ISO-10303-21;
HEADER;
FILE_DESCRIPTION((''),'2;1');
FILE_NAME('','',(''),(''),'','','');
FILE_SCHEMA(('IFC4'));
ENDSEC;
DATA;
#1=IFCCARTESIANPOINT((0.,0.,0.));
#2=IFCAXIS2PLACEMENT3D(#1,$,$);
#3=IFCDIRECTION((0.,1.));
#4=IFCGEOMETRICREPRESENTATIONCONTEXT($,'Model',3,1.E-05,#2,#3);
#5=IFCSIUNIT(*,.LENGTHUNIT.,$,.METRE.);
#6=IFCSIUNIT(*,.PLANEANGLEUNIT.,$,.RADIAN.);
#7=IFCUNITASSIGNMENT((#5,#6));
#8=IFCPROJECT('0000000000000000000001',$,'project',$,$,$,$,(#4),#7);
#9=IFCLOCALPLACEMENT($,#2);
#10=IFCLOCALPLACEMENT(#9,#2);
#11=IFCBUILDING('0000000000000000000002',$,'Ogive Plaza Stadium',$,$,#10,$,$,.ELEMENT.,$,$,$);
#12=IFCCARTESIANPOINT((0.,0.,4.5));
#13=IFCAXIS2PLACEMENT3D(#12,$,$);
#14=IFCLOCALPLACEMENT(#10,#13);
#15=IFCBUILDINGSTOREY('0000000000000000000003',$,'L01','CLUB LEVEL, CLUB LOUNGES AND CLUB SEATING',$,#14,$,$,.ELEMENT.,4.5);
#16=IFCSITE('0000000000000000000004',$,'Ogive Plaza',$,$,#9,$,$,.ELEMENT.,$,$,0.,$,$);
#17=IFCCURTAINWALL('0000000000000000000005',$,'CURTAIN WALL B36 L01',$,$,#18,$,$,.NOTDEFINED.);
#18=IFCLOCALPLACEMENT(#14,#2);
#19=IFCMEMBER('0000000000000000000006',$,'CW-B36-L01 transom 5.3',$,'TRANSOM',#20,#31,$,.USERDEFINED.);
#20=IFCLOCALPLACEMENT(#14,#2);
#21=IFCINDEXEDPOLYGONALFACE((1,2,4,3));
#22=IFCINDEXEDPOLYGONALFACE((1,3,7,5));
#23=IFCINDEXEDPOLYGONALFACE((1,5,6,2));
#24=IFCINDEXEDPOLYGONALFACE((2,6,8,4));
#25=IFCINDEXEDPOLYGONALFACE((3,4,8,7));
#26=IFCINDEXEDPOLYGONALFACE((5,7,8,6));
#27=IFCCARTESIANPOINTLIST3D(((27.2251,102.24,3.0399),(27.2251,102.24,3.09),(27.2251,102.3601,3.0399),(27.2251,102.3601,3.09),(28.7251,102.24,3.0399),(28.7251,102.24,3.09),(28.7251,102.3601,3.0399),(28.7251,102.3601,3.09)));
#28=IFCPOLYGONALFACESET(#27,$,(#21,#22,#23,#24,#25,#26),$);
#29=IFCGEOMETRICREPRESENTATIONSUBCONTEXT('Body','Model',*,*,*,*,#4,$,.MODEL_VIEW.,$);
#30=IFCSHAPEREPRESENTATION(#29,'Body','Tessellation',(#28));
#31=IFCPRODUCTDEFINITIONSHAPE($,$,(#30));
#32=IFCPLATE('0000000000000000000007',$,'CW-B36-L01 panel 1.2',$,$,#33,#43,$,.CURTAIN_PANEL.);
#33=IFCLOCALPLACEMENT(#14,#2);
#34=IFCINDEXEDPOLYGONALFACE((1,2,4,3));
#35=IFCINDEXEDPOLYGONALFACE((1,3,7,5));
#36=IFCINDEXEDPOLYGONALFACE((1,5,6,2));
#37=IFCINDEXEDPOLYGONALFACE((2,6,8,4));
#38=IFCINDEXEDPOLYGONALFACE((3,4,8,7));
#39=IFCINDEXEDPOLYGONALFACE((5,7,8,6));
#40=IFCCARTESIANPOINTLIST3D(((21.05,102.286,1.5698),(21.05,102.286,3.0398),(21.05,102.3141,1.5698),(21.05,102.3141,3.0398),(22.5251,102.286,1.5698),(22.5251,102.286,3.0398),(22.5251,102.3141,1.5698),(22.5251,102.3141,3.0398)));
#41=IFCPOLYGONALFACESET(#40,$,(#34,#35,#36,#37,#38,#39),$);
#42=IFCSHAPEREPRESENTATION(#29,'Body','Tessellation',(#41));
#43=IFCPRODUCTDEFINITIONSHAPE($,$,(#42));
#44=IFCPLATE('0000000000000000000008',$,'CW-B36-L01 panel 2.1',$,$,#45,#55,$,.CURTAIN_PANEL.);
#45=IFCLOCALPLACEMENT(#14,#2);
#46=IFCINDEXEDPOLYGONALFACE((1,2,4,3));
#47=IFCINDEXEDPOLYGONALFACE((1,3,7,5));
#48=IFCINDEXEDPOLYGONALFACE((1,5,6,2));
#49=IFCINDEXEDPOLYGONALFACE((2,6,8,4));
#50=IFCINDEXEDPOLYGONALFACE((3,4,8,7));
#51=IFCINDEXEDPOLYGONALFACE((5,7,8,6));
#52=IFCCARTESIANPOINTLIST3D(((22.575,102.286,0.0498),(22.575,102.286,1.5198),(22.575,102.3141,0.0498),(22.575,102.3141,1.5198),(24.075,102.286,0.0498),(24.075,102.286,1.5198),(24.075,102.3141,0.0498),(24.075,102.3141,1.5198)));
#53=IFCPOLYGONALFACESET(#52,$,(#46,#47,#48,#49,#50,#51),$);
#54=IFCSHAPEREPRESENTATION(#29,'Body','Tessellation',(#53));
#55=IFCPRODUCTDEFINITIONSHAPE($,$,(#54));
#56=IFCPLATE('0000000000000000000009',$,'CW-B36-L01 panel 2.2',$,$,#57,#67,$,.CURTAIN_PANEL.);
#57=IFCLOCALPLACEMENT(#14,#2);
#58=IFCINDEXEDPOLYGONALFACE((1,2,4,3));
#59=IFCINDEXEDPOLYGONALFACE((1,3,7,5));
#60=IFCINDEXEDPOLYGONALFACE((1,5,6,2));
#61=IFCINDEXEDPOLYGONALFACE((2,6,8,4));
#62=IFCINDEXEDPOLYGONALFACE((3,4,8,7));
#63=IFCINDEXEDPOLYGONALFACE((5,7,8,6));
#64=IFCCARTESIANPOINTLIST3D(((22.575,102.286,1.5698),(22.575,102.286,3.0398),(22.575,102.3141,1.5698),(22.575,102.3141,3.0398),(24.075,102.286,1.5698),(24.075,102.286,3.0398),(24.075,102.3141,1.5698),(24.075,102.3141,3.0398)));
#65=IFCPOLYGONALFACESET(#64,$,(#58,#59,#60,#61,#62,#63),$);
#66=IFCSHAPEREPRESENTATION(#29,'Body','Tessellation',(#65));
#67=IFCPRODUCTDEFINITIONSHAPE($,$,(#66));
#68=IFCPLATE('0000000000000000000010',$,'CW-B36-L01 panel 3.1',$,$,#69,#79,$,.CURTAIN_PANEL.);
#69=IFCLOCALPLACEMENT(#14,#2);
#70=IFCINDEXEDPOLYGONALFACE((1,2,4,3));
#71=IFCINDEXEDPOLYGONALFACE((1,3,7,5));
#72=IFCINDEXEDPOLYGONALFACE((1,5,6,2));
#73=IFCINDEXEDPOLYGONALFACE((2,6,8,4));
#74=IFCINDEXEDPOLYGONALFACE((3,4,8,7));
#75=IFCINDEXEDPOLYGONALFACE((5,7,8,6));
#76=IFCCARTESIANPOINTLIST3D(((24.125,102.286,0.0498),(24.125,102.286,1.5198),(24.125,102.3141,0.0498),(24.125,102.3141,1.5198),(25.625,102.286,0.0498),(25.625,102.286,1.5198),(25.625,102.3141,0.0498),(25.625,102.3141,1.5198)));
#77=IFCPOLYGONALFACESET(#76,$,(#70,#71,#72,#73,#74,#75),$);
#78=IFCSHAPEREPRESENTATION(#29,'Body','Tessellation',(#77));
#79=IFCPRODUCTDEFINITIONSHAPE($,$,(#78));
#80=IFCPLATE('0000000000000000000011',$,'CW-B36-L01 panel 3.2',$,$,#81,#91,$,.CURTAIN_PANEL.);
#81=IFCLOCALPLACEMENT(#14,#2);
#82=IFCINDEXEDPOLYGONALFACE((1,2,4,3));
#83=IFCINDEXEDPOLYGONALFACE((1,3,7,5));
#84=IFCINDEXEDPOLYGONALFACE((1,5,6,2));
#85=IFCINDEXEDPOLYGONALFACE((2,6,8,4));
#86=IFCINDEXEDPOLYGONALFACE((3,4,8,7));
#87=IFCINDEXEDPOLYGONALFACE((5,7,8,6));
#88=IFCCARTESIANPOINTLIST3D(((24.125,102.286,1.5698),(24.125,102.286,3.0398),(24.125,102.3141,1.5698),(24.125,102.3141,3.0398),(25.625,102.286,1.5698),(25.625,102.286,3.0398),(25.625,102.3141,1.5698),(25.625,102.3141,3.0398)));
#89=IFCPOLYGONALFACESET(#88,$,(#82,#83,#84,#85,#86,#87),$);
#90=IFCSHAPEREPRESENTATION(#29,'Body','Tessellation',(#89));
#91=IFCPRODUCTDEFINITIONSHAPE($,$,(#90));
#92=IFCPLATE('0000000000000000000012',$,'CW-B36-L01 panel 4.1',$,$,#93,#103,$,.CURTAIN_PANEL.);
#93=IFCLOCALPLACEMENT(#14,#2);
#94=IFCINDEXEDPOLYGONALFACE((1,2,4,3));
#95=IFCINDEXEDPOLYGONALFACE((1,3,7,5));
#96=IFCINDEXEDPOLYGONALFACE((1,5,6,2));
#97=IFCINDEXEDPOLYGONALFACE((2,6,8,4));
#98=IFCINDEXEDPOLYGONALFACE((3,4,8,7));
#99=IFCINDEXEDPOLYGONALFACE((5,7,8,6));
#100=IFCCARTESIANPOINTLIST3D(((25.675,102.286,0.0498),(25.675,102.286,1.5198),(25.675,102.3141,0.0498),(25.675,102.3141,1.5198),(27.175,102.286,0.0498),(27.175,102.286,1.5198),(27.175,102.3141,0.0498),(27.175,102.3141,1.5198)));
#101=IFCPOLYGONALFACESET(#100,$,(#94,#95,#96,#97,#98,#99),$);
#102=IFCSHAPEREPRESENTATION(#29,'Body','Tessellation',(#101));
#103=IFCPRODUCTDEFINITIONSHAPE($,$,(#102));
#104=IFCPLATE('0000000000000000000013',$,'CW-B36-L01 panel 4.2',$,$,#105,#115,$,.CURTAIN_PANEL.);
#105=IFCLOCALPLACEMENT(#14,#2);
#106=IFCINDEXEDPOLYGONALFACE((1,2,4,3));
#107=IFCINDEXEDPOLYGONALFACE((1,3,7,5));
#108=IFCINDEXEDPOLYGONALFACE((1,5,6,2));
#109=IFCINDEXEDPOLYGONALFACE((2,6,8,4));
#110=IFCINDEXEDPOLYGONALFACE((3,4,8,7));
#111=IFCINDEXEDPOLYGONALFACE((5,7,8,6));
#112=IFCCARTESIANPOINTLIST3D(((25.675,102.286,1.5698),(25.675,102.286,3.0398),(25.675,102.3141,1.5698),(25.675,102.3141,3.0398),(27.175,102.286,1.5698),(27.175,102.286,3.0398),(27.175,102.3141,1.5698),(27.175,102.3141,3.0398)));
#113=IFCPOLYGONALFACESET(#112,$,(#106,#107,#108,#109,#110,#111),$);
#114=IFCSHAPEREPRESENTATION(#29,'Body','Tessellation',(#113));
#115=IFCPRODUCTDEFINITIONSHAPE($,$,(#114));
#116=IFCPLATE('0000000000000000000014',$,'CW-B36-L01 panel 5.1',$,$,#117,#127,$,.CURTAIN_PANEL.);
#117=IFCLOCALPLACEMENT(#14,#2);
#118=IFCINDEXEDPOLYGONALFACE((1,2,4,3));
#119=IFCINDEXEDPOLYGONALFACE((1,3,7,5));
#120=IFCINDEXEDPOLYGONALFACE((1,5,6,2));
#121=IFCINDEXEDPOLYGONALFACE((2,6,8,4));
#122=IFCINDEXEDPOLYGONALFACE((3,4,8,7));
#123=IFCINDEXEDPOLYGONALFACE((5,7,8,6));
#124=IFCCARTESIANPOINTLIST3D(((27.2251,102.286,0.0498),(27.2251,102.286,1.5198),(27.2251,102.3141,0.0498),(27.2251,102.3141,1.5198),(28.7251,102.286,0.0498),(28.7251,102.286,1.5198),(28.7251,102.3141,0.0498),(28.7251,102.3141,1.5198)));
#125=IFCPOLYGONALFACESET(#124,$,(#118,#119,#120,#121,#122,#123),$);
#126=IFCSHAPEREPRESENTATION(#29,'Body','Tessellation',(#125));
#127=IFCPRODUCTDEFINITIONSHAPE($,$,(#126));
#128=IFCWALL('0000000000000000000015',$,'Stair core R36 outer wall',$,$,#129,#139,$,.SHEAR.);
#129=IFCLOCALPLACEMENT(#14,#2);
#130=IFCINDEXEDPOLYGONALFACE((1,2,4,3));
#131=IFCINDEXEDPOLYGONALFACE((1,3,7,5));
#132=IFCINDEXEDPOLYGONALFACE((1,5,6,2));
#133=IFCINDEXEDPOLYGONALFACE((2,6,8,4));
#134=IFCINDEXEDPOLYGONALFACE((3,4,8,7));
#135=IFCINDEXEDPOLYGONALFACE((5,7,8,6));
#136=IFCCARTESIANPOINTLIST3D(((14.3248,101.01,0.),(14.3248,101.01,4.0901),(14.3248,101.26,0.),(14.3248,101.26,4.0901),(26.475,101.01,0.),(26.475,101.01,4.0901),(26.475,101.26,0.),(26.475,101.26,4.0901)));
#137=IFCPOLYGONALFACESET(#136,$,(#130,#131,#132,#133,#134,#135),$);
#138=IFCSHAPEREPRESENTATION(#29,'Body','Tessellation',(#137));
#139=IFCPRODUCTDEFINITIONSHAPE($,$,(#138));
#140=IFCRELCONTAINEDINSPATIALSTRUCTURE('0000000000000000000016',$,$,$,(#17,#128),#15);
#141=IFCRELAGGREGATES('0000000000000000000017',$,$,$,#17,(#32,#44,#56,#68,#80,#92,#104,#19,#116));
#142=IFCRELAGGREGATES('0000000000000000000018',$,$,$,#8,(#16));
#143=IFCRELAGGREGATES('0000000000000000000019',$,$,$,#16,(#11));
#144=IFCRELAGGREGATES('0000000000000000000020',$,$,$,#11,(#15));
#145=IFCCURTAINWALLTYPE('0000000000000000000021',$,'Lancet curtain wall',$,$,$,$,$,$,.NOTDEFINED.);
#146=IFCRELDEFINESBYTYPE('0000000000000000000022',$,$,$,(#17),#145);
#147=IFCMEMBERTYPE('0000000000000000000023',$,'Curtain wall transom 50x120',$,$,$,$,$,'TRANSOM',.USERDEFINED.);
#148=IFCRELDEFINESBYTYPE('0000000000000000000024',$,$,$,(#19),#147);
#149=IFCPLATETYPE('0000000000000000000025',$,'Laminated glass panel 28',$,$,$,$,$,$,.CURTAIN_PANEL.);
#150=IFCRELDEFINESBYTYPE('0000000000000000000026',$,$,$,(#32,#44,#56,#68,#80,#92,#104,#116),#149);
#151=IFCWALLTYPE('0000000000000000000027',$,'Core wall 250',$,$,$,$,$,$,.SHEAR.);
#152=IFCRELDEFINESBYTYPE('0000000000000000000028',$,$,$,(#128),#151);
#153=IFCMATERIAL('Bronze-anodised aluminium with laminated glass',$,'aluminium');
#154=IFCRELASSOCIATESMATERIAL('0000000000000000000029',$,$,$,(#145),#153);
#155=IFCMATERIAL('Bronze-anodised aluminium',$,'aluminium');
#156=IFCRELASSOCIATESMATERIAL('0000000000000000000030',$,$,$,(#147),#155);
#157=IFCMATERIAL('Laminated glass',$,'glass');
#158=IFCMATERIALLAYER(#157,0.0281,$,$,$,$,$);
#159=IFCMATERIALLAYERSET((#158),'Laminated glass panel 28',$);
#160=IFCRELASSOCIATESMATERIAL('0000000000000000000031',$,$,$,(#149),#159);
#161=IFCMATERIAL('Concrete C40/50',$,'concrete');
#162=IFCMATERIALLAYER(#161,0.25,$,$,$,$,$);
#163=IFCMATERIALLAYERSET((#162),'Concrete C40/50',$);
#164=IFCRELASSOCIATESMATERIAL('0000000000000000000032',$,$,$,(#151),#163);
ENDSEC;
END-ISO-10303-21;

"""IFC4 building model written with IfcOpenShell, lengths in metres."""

from ifc_helpers import new_model, si_unit, direction, frame, frame_2d, origin, origin_2d, place, context, subcontext, project, spatial, rectangle, extrude, material, layer, layer_set, material_profile, profile_set, type_object, element, aggregate, save


model = new_model("IFC4")

# Units and contexts
model_context = context("Model", 3, precision=1e-05, world=origin(), true_north=direction((0.0, 1.0)))
body_context = subcontext(model_context, "Body", "Model", "MODEL_VIEW")
ifc_project = project(units=[si_unit("LENGTHUNIT", "METRE"), si_unit("PLANEANGLEUNIT", "RADIAN")], contexts=[model_context])

# Site, building, storey
site_placement = place(None, origin())
site = spatial("IfcSite", under=ifc_project, at=site_placement, Name="Ogive Plaza", CompositionType="ELEMENT", RefElevation=0.0)
building_placement = place(site_placement, origin())
building = spatial("IfcBuilding", under=site, at=building_placement, Name="Ogive Plaza Stadium", CompositionType="ELEMENT")
storey_placement = place(building_placement, frame((0.0, 0.0, 4.5)))
storey = spatial("IfcBuildingStorey", under=building, at=storey_placement, Name="L01", Description="CLUB LEVEL, CLUB LOUNGES AND CLUB SEATING", CompositionType="ELEMENT", Elevation=4.5)

# Curtain wall, member, plates
ifc_material_1 = material(Name="Bronze-anodised aluminium with laminated glass", Category="aluminium")
curtain_wall_type = type_object("IfcCurtainWallType", Name="Lancet curtain wall", PredefinedType="NOTDEFINED", material=ifc_material_1)
curtain_wall_placement = place(storey_placement, origin())
curtain_wall = element("IfcCurtainWall", 1, at=curtain_wall_placement, inside=storey, type_object=curtain_wall_type, Name="CURTAIN WALL B36 L01", PredefinedType="NOTDEFINED")
ifc_material_2 = material(Name="Bronze-anodised aluminium", Category="aluminium")
ifc_material_profile_1 = material_profile(ifc_material_2, rectangle(XDim=0.1201, YDim=0.05, at=origin_2d()), Name="AL 120x50")
ifc_profile_set_1 = profile_set([ifc_material_profile_1], Name="Bronze-anodised aluminium")
member_type_1 = type_object("IfcMemberType", Name="Curtain wall transom 50x120", ElementType="TRANSOM", PredefinedType="USERDEFINED", material=ifc_profile_set_1)
member_1_placement = place(storey_placement, frame((27.2251, 102.3, 3.0649), z_axis=(1.0, 0.0, 0.0), x_axis=(0.0, 1.0, 0.0)))
member_1 = element("IfcMember", 2, at=member_1_placement, type_object=member_type_1, Name="CW-B36-L01 transom 5.3", ObjectType="TRANSOM", PredefinedType="USERDEFINED", context=body_context, shape_type="SweptSolid", body=[
    extrude(rectangle(XDim=0.1201, YDim=0.05, at=origin_2d()), origin(), (0.0, 0.0, 1.0), 1.5),
])
ifc_material_3 = material(Name="Laminated glass", Category="glass")
ifc_layer_1 = layer(ifc_material_3, 0.0281)
ifc_layer_set_1 = layer_set([ifc_layer_1], Name="Laminated glass panel 28")
plate_type = type_object("IfcPlateType", Name="Laminated glass panel 28", PredefinedType="CURTAIN_PANEL", material=ifc_layer_set_1)
plate_1_placement = place(storey_placement, frame((21.7876, 102.3, 1.5698), z_axis=(0.0, 0.0, 1.0), x_axis=(1.0, 0.0, 0.0)))
plate_1 = element("IfcPlate", 3, at=plate_1_placement, type_object=plate_type, Name="CW-B36-L01 panel 1.2", PredefinedType="CURTAIN_PANEL", context=body_context, shape_type="SweptSolid", body=[
    extrude(rectangle(XDim=1.4751, YDim=0.0281, at=origin_2d()), origin(), (0.0, 0.0, 1.0), 1.47),
])
plate_2_placement = place(storey_placement, frame((23.325, 102.3, 0.0498), z_axis=(0.0, 0.0, 1.0), x_axis=(1.0, 0.0, 0.0)))
plate_2 = element("IfcPlate", 4, at=plate_2_placement, type_object=plate_type, Name="CW-B36-L01 panel 2.1", PredefinedType="CURTAIN_PANEL", context=body_context, shape_type="SweptSolid", body=[
    extrude(rectangle(XDim=1.5, YDim=0.0281, at=origin_2d()), origin(), (0.0, 0.0, 1.0), 1.47),
])
plate_3_placement = place(storey_placement, frame((23.325, 102.3, 1.5698), z_axis=(0.0, 0.0, 1.0), x_axis=(1.0, 0.0, 0.0)))
plate_3 = element("IfcPlate", 5, at=plate_3_placement, type_object=plate_type, Name="CW-B36-L01 panel 2.2", PredefinedType="CURTAIN_PANEL", context=body_context, shape_type="SweptSolid", body=[
    extrude(rectangle(XDim=1.5, YDim=0.0281, at=origin_2d()), origin(), (0.0, 0.0, 1.0), 1.47),
])
plate_4_placement = place(storey_placement, frame((24.875, 102.3, 0.0498), z_axis=(0.0, 0.0, 1.0), x_axis=(1.0, 0.0, 0.0)))
plate_4 = element("IfcPlate", 6, at=plate_4_placement, type_object=plate_type, Name="CW-B36-L01 panel 3.1", PredefinedType="CURTAIN_PANEL", context=body_context, shape_type="SweptSolid", body=[
    extrude(rectangle(XDim=1.5, YDim=0.0281, at=origin_2d()), origin(), (0.0, 0.0, 1.0), 1.47),
])
plate_5_placement = place(storey_placement, frame((24.875, 102.3, 1.5698), z_axis=(0.0, 0.0, 1.0), x_axis=(1.0, 0.0, 0.0)))
plate_5 = element("IfcPlate", 7, at=plate_5_placement, type_object=plate_type, Name="CW-B36-L01 panel 3.2", PredefinedType="CURTAIN_PANEL", context=body_context, shape_type="SweptSolid", body=[
    extrude(rectangle(XDim=1.5, YDim=0.0281, at=origin_2d()), origin(), (0.0, 0.0, 1.0), 1.47),
])
plate_6_placement = place(storey_placement, frame((26.425, 102.3, 0.0498), z_axis=(0.0, 0.0, 1.0), x_axis=(1.0, 0.0, 0.0)))
plate_6 = element("IfcPlate", 8, at=plate_6_placement, type_object=plate_type, Name="CW-B36-L01 panel 4.1", PredefinedType="CURTAIN_PANEL", context=body_context, shape_type="SweptSolid", body=[
    extrude(rectangle(XDim=1.5, YDim=0.0281, at=origin_2d()), origin(), (0.0, 0.0, 1.0), 1.47),
])
plate_7_placement = place(storey_placement, frame((26.425, 102.3, 1.5698), z_axis=(0.0, 0.0, 1.0), x_axis=(1.0, 0.0, 0.0)))
plate_7 = element("IfcPlate", 9, at=plate_7_placement, type_object=plate_type, Name="CW-B36-L01 panel 4.2", PredefinedType="CURTAIN_PANEL", context=body_context, shape_type="SweptSolid", body=[
    extrude(rectangle(XDim=1.5, YDim=0.0281, at=origin_2d()), origin(), (0.0, 0.0, 1.0), 1.47),
])
plate_8_placement = place(storey_placement, frame((27.9751, 102.3, 0.0498), z_axis=(0.0, 0.0, 1.0), x_axis=(1.0, 0.0, 0.0)))
plate_8 = element("IfcPlate", 10, at=plate_8_placement, type_object=plate_type, Name="CW-B36-L01 panel 5.1", PredefinedType="CURTAIN_PANEL", context=body_context, shape_type="SweptSolid", body=[
    extrude(rectangle(XDim=1.5, YDim=0.0281, at=origin_2d()), origin(), (0.0, 0.0, 1.0), 1.47),
])
aggregate(curtain_wall, [plate_1, plate_2, plate_3, plate_4, plate_5, plate_6, plate_7, member_1, plate_8])

# Wall
ifc_material_4 = material(Name="Concrete C40/50", Category="concrete")
ifc_layer_2 = layer(ifc_material_4, 0.25)
ifc_layer_set_2 = layer_set([ifc_layer_2], Name="Concrete C40/50")
wall_type = type_object("IfcWallType", Name="Core wall 250", PredefinedType="SHEAR", material=ifc_layer_set_2)
wall_placement = place(storey_placement, frame((26.4751, 101.135, 0.0), z_axis=(0.0, 0.0, 1.0), x_axis=(-1.0, 0.0, 0.0)))
element("IfcWall", 11, at=wall_placement, inside=storey, type_object=wall_type, Name="Stair core R36 outer wall", PredefinedType="SHEAR", context=body_context, shape_type="SweptSolid", body=[
    extrude(rectangle(XDim=12.1501, YDim=0.25, at=frame_2d((6.0752, 0.0))), origin(), (0.0, 0.0, 1.0), 4.0901),
])

save(model, "model.ifc")
